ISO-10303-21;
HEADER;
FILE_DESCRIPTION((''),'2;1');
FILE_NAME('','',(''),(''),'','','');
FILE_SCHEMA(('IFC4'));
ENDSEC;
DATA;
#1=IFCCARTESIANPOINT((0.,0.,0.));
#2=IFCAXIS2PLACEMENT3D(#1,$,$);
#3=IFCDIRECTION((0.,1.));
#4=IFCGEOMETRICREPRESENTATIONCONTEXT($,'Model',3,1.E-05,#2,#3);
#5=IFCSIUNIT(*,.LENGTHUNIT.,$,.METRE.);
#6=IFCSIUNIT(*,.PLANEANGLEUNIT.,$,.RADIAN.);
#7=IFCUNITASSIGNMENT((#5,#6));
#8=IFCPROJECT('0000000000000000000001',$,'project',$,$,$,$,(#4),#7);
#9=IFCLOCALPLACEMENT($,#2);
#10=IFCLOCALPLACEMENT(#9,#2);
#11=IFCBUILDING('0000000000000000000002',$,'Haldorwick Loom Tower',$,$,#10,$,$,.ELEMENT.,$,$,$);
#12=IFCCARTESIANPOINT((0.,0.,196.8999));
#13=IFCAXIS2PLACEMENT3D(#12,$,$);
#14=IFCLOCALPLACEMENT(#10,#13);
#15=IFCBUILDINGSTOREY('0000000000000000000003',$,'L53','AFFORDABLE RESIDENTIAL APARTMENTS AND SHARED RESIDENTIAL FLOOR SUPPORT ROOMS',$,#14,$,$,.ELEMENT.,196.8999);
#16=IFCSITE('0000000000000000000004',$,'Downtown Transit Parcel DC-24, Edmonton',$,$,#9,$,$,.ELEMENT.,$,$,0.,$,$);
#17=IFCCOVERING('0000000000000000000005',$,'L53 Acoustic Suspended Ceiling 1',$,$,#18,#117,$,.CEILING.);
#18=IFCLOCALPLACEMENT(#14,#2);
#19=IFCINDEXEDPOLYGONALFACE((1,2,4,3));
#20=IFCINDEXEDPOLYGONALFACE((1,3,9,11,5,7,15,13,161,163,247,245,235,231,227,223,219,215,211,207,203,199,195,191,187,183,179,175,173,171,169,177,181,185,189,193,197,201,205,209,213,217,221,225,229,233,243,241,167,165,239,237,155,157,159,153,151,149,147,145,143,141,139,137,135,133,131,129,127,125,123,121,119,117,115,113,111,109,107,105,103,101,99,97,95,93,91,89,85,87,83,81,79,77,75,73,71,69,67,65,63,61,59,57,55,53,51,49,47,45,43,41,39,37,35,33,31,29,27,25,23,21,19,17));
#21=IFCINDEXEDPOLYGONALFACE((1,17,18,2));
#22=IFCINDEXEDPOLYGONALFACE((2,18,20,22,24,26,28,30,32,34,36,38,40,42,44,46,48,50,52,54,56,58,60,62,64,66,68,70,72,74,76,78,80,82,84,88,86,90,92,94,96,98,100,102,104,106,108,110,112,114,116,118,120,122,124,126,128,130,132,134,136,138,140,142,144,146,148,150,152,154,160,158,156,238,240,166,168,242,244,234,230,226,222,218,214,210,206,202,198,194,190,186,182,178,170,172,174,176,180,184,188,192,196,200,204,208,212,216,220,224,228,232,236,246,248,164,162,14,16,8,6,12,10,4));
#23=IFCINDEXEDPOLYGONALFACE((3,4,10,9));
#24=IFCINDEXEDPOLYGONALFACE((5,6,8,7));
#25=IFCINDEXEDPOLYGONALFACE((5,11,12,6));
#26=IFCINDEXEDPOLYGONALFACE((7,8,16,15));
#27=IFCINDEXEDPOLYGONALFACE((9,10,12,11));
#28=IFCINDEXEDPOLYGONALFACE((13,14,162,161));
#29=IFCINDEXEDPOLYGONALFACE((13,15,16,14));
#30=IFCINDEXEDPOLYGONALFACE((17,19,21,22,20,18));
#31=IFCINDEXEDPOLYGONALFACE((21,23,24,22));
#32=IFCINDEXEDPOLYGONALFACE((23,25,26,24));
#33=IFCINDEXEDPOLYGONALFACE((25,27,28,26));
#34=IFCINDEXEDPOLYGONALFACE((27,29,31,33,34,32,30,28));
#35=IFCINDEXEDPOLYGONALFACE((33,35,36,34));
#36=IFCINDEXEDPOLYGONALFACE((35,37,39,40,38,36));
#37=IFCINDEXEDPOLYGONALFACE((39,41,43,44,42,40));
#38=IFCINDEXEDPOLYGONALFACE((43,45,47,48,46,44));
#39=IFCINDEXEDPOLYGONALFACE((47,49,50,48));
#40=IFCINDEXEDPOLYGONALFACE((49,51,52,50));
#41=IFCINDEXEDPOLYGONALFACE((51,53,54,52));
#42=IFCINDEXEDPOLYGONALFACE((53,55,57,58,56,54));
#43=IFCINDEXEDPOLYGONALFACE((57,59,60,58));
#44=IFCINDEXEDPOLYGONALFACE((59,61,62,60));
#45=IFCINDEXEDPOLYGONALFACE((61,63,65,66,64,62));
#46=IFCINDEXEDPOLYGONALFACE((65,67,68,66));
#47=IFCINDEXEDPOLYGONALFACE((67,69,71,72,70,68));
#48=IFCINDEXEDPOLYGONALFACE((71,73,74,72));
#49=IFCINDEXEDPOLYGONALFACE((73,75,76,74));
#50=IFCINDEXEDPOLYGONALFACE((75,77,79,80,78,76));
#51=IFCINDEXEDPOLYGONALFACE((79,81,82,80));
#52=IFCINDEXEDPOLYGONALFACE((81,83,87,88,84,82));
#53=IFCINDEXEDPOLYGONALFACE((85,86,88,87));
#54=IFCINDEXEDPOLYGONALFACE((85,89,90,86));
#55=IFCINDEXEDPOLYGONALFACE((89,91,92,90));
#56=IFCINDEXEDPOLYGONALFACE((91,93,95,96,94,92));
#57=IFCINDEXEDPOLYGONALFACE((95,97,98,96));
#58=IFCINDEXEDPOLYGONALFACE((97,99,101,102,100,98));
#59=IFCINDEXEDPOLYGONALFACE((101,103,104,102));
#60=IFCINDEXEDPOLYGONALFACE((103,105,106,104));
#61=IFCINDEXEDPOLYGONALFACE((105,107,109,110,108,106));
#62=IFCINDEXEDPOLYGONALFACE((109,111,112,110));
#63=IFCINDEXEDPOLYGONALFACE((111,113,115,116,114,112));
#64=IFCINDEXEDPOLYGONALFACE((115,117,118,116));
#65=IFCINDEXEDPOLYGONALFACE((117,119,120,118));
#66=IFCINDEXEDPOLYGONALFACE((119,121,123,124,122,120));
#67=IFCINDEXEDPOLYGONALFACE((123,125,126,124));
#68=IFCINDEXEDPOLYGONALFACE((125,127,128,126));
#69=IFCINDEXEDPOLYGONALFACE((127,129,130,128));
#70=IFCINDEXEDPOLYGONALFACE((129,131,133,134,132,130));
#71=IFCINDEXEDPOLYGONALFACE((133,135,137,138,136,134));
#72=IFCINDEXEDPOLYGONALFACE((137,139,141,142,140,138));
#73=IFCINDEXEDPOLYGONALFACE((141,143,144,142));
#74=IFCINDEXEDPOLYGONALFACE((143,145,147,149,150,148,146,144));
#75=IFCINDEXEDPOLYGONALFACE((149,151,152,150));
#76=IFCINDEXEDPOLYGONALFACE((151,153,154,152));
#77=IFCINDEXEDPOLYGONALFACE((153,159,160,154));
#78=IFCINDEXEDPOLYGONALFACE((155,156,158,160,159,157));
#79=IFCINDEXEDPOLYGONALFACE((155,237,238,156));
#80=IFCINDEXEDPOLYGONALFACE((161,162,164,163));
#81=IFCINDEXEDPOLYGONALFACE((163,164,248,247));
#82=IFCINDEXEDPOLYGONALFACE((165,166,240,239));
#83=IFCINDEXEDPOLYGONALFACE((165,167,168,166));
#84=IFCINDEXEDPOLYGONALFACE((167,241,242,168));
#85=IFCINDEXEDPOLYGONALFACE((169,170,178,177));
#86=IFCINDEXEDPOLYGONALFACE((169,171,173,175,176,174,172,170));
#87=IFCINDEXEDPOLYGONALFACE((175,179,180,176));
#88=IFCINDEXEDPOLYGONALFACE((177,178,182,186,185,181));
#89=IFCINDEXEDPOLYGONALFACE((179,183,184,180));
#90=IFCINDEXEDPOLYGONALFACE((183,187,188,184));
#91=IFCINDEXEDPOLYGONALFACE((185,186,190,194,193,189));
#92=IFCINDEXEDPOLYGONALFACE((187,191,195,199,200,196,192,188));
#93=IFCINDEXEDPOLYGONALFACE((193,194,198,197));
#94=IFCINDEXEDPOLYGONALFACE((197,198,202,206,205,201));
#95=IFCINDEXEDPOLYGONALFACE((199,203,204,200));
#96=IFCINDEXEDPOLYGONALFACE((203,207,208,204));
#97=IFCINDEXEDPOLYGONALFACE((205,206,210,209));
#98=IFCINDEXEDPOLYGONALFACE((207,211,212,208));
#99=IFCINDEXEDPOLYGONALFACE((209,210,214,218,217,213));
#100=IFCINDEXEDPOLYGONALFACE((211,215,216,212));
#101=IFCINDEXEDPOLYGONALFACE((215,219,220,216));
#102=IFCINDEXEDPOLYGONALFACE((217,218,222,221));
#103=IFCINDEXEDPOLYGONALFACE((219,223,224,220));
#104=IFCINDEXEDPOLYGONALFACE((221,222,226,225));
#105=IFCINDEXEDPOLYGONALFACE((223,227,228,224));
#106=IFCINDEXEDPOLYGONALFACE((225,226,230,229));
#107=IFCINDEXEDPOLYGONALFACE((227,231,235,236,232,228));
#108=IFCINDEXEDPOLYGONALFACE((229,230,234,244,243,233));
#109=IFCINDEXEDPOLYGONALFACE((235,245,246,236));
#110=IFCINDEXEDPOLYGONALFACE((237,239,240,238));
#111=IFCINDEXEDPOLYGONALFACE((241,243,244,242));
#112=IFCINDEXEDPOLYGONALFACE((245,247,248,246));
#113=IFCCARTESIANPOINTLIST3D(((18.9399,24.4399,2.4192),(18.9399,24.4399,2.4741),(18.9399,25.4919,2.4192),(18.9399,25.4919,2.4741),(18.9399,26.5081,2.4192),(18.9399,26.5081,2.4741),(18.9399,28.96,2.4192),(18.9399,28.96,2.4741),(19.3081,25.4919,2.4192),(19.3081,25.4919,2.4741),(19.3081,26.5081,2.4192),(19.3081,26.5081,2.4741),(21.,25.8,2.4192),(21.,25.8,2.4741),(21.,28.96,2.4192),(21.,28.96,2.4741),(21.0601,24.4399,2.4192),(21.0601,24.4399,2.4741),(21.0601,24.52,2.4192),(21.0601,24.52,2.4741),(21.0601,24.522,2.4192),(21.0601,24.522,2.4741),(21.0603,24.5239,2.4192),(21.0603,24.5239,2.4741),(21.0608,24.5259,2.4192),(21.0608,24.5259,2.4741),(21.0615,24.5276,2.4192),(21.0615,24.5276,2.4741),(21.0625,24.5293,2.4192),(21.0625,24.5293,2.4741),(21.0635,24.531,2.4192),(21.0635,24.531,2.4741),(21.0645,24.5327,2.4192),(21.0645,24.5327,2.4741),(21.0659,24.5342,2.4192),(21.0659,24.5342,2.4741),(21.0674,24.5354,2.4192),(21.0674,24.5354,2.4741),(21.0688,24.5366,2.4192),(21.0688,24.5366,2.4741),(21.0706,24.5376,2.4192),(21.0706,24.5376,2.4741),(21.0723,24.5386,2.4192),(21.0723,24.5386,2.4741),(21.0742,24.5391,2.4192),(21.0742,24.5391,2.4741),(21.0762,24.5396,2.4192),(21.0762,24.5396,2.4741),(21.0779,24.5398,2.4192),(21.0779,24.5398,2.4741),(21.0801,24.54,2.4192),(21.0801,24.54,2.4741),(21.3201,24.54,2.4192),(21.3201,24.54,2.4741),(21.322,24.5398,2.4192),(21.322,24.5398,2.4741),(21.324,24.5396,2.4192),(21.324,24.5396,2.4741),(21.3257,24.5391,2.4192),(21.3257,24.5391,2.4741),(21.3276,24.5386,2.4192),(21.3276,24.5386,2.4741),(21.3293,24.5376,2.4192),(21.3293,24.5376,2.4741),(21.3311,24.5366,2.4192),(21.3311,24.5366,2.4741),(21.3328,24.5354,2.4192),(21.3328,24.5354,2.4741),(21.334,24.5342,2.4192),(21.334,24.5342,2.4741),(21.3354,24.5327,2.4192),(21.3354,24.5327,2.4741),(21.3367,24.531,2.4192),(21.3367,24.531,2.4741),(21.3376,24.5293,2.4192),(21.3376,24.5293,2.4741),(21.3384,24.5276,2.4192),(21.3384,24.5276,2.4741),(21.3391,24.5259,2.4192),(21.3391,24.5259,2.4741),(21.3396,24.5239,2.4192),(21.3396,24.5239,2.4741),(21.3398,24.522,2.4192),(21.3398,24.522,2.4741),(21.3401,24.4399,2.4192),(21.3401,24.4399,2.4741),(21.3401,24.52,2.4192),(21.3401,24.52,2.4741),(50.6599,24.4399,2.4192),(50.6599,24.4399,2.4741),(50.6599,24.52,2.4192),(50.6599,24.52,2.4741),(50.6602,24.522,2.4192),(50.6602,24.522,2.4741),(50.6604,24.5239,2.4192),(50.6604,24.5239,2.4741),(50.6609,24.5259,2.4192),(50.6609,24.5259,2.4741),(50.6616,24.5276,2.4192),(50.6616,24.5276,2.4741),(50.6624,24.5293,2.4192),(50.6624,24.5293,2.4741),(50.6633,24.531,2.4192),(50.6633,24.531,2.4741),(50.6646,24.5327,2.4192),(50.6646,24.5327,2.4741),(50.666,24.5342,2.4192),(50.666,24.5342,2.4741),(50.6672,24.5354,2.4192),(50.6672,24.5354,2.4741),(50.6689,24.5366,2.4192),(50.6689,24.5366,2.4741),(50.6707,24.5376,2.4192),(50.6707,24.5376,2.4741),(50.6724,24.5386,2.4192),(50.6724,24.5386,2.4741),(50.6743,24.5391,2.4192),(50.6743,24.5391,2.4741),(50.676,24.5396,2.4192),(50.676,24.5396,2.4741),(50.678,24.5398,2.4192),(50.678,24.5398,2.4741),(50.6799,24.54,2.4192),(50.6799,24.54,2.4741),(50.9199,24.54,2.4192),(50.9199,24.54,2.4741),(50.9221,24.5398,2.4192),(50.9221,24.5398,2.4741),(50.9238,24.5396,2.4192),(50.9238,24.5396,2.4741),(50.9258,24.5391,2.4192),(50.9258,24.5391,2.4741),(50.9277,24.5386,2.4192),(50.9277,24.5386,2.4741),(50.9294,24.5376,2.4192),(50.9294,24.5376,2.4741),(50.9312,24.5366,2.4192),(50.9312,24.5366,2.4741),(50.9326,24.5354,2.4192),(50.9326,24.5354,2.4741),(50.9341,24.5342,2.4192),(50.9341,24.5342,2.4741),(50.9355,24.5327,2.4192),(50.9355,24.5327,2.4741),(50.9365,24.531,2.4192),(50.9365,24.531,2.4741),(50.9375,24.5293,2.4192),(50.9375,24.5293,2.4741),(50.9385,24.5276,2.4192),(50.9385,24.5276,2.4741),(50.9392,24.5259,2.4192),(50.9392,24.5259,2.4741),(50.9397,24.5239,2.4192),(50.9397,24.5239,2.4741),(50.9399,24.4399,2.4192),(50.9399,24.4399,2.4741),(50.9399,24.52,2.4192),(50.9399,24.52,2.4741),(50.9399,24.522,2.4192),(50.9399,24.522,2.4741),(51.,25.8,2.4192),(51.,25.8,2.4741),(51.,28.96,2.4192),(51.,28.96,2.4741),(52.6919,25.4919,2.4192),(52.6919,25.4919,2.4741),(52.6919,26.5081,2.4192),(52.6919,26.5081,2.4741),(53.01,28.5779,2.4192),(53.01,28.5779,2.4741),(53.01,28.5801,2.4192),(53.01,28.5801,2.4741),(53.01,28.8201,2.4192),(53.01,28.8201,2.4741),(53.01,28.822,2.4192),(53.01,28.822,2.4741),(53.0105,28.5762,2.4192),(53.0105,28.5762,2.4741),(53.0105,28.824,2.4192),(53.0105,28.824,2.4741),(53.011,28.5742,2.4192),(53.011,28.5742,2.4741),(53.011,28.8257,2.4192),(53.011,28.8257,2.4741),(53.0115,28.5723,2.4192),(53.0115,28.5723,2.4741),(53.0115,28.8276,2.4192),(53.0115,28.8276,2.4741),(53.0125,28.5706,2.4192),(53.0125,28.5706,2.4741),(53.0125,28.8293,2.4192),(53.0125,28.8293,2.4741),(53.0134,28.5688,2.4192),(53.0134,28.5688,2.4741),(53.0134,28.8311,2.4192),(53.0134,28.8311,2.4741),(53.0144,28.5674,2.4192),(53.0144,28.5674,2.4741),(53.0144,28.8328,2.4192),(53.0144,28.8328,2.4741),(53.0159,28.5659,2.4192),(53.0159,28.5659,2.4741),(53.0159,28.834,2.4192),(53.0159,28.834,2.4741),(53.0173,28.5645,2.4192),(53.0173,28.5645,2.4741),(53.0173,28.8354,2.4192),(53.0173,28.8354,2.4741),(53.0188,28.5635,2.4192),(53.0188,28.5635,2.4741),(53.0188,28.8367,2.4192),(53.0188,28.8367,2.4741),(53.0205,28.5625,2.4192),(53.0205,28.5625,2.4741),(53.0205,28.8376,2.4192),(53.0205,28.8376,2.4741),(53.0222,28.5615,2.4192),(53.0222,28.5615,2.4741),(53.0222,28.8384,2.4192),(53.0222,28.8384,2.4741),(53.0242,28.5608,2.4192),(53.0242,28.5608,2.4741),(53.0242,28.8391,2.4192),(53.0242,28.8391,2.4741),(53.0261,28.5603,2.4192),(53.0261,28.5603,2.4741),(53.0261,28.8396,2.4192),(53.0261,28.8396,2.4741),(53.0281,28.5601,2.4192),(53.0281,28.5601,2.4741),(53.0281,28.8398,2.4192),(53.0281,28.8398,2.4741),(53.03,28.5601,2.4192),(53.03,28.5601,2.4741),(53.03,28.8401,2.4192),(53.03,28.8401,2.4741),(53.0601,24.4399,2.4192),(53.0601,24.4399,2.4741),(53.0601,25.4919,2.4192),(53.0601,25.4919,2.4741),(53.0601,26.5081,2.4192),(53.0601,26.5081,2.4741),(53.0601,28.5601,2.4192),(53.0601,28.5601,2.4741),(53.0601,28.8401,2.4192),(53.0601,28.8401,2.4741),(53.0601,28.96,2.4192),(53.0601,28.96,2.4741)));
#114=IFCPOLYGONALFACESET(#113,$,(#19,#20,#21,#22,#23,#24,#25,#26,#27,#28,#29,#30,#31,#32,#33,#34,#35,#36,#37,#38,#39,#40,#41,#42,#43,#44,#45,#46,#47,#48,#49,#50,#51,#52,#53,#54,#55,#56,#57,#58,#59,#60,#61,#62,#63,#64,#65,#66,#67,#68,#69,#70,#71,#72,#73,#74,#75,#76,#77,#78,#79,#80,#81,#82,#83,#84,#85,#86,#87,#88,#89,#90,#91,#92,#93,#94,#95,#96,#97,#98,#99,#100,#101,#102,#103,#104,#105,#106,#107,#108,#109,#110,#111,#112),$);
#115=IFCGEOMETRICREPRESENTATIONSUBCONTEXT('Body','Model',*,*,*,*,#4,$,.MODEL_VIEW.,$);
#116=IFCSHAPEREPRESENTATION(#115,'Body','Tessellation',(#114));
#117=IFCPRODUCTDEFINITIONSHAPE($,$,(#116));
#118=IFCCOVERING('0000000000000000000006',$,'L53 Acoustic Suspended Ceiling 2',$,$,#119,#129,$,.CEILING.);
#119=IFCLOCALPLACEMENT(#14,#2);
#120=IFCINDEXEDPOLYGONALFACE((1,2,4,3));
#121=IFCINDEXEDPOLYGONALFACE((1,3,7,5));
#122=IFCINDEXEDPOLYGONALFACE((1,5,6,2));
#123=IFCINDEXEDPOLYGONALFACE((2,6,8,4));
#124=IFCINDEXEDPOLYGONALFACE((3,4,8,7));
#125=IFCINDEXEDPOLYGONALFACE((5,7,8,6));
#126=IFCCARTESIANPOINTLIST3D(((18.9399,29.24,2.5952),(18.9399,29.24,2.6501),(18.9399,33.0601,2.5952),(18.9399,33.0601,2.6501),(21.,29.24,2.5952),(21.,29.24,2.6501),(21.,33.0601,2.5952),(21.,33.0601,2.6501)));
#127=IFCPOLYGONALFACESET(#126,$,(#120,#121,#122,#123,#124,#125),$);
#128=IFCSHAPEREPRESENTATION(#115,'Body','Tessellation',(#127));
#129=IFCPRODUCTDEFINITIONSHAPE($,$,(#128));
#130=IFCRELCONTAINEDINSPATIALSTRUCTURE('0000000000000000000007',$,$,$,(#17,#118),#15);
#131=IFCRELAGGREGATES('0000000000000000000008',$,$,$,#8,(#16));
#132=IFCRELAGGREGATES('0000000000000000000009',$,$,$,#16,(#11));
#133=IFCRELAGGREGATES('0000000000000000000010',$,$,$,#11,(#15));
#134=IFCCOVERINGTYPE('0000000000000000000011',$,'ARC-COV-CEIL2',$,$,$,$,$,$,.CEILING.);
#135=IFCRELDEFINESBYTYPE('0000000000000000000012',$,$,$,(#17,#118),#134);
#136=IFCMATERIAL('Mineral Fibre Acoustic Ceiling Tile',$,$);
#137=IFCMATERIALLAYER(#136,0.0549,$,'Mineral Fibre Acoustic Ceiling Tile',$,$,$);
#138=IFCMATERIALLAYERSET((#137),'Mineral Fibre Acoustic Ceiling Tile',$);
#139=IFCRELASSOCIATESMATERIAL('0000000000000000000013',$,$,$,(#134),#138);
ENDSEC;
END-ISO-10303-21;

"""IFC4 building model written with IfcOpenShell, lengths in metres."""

from ifc_helpers import new_model, si_unit, direction, frame, origin, place, context, subcontext, project, spatial, polyline, outline, extrude, material, layer, layer_set, type_object, element, save


model = new_model("IFC4")

# Units and contexts
model_context = context("Model", 3, precision=1e-05, world=origin(), true_north=direction((0.0, 1.0)))
body_context = subcontext(model_context, "Body", "Model", "MODEL_VIEW")
ifc_project = project(units=[si_unit("LENGTHUNIT", "METRE"), si_unit("PLANEANGLEUNIT", "RADIAN")], contexts=[model_context])

# Site, building, storey
site_placement = place(None, origin())
site = spatial("IfcSite", under=ifc_project, at=site_placement, Name="Downtown Transit Parcel DC-24, Edmonton", CompositionType="ELEMENT", RefElevation=0.0)
building_placement = place(site_placement, origin())
building = spatial("IfcBuilding", under=site, at=building_placement, Name="Haldorwick Loom Tower", CompositionType="ELEMENT")
storey_placement = place(building_placement, frame((0.0, 0.0, 196.8999)))
storey = spatial("IfcBuildingStorey", under=building, at=storey_placement, Name="L53", Description="AFFORDABLE RESIDENTIAL APARTMENTS AND SHARED RESIDENTIAL FLOOR SUPPORT ROOMS", CompositionType="ELEMENT", Elevation=196.8999)

# Coverings
ifc_material_1 = material(Name="Mineral Fibre Acoustic Ceiling Tile")
ifc_layer_1 = layer(ifc_material_1, 0.0549, Name="Mineral Fibre Acoustic Ceiling Tile")
ifc_layer_set_1 = layer_set([ifc_layer_1], Name="Mineral Fibre Acoustic Ceiling Tile")
covering_type_1 = type_object("IfcCoveringType", Name="ARC-COV-CEIL2", PredefinedType="CEILING", material=ifc_layer_set_1)
covering_1_placement = place(storey_placement, frame((0.0, 0.0, 2.4192)))
element("IfcCovering", 1, at=covering_1_placement, inside=storey, type_object=covering_type_1, Name="L53 Acoustic Suspended Ceiling 1", PredefinedType="CEILING", context=body_context, shape_type="SweptSolid", body=[
    extrude(outline(polyline([(51.0, 28.96), (51.0, 25.8), (21.0, 25.8), (21.0, 28.96), (18.9399, 28.96), (18.9399, 26.5081), (19.3081, 26.5081), (19.3081, 25.4919), (18.9399, 25.4919), (18.9399, 24.4399), (21.0601, 24.4399), (21.0601, 24.52), (21.0601, 24.522), (21.0603, 24.5239), (21.0608, 24.5259), (21.0615, 24.5276), (21.0625, 24.5293), (21.0635, 24.531), (21.0645, 24.5327), (21.0659, 24.5342), (21.0674, 24.5354), (21.0688, 24.5366), (21.0706, 24.5376), (21.0723, 24.5386), (21.0742, 24.5391), (21.0762, 24.5396), (21.0779, 24.5398), (21.0801, 24.54), (21.3201, 24.54), (21.322, 24.5398), (21.324, 24.5396), (21.3257, 24.5391), (21.3276, 24.5386), (21.3293, 24.5376), (21.3311, 24.5366), (21.3328, 24.5354), (21.334, 24.5342), (21.3354, 24.5327), (21.3367, 24.531), (21.3376, 24.5293), (21.3384, 24.5276), (21.3391, 24.5259), (21.3396, 24.5239), (21.3398, 24.522), (21.3401, 24.52), (21.3401, 24.4399), (50.6599, 24.4399), (50.6599, 24.52), (50.6602, 24.522), (50.6604, 24.5239), (50.6609, 24.5259), (50.6616, 24.5276), (50.6624, 24.5293), (50.6633, 24.531), (50.6646, 24.5327), (50.666, 24.5342), (50.6672, 24.5354), (50.6689, 24.5366), (50.6707, 24.5376), (50.6724, 24.5386), (50.6743, 24.5391), (50.676, 24.5396), (50.678, 24.5398), (50.6799, 24.54), (50.9199, 24.54), (50.9221, 24.5398), (50.9238, 24.5396), (50.9258, 24.5391), (50.9277, 24.5386), (50.9294, 24.5376), (50.9312, 24.5366), (50.9326, 24.5354), (50.9341, 24.5342), (50.9355, 24.5327), (50.9365, 24.531), (50.9375, 24.5293), (50.9385, 24.5276), (50.9392, 24.5259), (50.9397, 24.5239), (50.9399, 24.522), (50.9399, 24.52), (50.9399, 24.4399), (53.0601, 24.4399), (53.0601, 25.4919), (52.6919, 25.4919), (52.6919, 26.5081), (53.0601, 26.5081), (53.0601, 28.5601), (53.03, 28.5601), (53.0281, 28.5601), (53.0261, 28.5603), (53.0242, 28.5608), (53.0222, 28.5615), (53.0205, 28.5625), (53.0188, 28.5635), (53.0173, 28.5645), (53.0159, 28.5659), (53.0144, 28.5674), (53.0134, 28.5688), (53.0125, 28.5706), (53.0115, 28.5723), (53.011, 28.5742), (53.0105, 28.5762), (53.01, 28.5779), (53.01, 28.5801), (53.01, 28.8201), (53.01, 28.822), (53.0105, 28.824), (53.011, 28.8257), (53.0115, 28.8276), (53.0125, 28.8293), (53.0134, 28.8311), (53.0144, 28.8328), (53.0159, 28.834), (53.0173, 28.8354), (53.0188, 28.8367), (53.0205, 28.8376), (53.0222, 28.8384), (53.0242, 28.8391), (53.0261, 28.8396), (53.0281, 28.8398), (53.03, 28.8401), (53.0601, 28.8401), (53.0601, 28.96), (51.0, 28.96)])), origin(), (0.0, 0.0, 1.0), 0.0549),
])
covering_2_placement = place(storey_placement, frame((0.0, 0.0, 2.5952)))
element("IfcCovering", 2, at=covering_2_placement, inside=storey, type_object=covering_type_1, Name="L53 Acoustic Suspended Ceiling 2", PredefinedType="CEILING", context=body_context, shape_type="SweptSolid", body=[
    extrude(outline(polyline([(18.9399, 33.0601), (18.9399, 29.24), (21.0, 29.24), (21.0, 33.0601), (18.9399, 33.0601)])), origin(), (0.0, 0.0, 1.0), 0.0549),
])

save(model, "model.ifc")
